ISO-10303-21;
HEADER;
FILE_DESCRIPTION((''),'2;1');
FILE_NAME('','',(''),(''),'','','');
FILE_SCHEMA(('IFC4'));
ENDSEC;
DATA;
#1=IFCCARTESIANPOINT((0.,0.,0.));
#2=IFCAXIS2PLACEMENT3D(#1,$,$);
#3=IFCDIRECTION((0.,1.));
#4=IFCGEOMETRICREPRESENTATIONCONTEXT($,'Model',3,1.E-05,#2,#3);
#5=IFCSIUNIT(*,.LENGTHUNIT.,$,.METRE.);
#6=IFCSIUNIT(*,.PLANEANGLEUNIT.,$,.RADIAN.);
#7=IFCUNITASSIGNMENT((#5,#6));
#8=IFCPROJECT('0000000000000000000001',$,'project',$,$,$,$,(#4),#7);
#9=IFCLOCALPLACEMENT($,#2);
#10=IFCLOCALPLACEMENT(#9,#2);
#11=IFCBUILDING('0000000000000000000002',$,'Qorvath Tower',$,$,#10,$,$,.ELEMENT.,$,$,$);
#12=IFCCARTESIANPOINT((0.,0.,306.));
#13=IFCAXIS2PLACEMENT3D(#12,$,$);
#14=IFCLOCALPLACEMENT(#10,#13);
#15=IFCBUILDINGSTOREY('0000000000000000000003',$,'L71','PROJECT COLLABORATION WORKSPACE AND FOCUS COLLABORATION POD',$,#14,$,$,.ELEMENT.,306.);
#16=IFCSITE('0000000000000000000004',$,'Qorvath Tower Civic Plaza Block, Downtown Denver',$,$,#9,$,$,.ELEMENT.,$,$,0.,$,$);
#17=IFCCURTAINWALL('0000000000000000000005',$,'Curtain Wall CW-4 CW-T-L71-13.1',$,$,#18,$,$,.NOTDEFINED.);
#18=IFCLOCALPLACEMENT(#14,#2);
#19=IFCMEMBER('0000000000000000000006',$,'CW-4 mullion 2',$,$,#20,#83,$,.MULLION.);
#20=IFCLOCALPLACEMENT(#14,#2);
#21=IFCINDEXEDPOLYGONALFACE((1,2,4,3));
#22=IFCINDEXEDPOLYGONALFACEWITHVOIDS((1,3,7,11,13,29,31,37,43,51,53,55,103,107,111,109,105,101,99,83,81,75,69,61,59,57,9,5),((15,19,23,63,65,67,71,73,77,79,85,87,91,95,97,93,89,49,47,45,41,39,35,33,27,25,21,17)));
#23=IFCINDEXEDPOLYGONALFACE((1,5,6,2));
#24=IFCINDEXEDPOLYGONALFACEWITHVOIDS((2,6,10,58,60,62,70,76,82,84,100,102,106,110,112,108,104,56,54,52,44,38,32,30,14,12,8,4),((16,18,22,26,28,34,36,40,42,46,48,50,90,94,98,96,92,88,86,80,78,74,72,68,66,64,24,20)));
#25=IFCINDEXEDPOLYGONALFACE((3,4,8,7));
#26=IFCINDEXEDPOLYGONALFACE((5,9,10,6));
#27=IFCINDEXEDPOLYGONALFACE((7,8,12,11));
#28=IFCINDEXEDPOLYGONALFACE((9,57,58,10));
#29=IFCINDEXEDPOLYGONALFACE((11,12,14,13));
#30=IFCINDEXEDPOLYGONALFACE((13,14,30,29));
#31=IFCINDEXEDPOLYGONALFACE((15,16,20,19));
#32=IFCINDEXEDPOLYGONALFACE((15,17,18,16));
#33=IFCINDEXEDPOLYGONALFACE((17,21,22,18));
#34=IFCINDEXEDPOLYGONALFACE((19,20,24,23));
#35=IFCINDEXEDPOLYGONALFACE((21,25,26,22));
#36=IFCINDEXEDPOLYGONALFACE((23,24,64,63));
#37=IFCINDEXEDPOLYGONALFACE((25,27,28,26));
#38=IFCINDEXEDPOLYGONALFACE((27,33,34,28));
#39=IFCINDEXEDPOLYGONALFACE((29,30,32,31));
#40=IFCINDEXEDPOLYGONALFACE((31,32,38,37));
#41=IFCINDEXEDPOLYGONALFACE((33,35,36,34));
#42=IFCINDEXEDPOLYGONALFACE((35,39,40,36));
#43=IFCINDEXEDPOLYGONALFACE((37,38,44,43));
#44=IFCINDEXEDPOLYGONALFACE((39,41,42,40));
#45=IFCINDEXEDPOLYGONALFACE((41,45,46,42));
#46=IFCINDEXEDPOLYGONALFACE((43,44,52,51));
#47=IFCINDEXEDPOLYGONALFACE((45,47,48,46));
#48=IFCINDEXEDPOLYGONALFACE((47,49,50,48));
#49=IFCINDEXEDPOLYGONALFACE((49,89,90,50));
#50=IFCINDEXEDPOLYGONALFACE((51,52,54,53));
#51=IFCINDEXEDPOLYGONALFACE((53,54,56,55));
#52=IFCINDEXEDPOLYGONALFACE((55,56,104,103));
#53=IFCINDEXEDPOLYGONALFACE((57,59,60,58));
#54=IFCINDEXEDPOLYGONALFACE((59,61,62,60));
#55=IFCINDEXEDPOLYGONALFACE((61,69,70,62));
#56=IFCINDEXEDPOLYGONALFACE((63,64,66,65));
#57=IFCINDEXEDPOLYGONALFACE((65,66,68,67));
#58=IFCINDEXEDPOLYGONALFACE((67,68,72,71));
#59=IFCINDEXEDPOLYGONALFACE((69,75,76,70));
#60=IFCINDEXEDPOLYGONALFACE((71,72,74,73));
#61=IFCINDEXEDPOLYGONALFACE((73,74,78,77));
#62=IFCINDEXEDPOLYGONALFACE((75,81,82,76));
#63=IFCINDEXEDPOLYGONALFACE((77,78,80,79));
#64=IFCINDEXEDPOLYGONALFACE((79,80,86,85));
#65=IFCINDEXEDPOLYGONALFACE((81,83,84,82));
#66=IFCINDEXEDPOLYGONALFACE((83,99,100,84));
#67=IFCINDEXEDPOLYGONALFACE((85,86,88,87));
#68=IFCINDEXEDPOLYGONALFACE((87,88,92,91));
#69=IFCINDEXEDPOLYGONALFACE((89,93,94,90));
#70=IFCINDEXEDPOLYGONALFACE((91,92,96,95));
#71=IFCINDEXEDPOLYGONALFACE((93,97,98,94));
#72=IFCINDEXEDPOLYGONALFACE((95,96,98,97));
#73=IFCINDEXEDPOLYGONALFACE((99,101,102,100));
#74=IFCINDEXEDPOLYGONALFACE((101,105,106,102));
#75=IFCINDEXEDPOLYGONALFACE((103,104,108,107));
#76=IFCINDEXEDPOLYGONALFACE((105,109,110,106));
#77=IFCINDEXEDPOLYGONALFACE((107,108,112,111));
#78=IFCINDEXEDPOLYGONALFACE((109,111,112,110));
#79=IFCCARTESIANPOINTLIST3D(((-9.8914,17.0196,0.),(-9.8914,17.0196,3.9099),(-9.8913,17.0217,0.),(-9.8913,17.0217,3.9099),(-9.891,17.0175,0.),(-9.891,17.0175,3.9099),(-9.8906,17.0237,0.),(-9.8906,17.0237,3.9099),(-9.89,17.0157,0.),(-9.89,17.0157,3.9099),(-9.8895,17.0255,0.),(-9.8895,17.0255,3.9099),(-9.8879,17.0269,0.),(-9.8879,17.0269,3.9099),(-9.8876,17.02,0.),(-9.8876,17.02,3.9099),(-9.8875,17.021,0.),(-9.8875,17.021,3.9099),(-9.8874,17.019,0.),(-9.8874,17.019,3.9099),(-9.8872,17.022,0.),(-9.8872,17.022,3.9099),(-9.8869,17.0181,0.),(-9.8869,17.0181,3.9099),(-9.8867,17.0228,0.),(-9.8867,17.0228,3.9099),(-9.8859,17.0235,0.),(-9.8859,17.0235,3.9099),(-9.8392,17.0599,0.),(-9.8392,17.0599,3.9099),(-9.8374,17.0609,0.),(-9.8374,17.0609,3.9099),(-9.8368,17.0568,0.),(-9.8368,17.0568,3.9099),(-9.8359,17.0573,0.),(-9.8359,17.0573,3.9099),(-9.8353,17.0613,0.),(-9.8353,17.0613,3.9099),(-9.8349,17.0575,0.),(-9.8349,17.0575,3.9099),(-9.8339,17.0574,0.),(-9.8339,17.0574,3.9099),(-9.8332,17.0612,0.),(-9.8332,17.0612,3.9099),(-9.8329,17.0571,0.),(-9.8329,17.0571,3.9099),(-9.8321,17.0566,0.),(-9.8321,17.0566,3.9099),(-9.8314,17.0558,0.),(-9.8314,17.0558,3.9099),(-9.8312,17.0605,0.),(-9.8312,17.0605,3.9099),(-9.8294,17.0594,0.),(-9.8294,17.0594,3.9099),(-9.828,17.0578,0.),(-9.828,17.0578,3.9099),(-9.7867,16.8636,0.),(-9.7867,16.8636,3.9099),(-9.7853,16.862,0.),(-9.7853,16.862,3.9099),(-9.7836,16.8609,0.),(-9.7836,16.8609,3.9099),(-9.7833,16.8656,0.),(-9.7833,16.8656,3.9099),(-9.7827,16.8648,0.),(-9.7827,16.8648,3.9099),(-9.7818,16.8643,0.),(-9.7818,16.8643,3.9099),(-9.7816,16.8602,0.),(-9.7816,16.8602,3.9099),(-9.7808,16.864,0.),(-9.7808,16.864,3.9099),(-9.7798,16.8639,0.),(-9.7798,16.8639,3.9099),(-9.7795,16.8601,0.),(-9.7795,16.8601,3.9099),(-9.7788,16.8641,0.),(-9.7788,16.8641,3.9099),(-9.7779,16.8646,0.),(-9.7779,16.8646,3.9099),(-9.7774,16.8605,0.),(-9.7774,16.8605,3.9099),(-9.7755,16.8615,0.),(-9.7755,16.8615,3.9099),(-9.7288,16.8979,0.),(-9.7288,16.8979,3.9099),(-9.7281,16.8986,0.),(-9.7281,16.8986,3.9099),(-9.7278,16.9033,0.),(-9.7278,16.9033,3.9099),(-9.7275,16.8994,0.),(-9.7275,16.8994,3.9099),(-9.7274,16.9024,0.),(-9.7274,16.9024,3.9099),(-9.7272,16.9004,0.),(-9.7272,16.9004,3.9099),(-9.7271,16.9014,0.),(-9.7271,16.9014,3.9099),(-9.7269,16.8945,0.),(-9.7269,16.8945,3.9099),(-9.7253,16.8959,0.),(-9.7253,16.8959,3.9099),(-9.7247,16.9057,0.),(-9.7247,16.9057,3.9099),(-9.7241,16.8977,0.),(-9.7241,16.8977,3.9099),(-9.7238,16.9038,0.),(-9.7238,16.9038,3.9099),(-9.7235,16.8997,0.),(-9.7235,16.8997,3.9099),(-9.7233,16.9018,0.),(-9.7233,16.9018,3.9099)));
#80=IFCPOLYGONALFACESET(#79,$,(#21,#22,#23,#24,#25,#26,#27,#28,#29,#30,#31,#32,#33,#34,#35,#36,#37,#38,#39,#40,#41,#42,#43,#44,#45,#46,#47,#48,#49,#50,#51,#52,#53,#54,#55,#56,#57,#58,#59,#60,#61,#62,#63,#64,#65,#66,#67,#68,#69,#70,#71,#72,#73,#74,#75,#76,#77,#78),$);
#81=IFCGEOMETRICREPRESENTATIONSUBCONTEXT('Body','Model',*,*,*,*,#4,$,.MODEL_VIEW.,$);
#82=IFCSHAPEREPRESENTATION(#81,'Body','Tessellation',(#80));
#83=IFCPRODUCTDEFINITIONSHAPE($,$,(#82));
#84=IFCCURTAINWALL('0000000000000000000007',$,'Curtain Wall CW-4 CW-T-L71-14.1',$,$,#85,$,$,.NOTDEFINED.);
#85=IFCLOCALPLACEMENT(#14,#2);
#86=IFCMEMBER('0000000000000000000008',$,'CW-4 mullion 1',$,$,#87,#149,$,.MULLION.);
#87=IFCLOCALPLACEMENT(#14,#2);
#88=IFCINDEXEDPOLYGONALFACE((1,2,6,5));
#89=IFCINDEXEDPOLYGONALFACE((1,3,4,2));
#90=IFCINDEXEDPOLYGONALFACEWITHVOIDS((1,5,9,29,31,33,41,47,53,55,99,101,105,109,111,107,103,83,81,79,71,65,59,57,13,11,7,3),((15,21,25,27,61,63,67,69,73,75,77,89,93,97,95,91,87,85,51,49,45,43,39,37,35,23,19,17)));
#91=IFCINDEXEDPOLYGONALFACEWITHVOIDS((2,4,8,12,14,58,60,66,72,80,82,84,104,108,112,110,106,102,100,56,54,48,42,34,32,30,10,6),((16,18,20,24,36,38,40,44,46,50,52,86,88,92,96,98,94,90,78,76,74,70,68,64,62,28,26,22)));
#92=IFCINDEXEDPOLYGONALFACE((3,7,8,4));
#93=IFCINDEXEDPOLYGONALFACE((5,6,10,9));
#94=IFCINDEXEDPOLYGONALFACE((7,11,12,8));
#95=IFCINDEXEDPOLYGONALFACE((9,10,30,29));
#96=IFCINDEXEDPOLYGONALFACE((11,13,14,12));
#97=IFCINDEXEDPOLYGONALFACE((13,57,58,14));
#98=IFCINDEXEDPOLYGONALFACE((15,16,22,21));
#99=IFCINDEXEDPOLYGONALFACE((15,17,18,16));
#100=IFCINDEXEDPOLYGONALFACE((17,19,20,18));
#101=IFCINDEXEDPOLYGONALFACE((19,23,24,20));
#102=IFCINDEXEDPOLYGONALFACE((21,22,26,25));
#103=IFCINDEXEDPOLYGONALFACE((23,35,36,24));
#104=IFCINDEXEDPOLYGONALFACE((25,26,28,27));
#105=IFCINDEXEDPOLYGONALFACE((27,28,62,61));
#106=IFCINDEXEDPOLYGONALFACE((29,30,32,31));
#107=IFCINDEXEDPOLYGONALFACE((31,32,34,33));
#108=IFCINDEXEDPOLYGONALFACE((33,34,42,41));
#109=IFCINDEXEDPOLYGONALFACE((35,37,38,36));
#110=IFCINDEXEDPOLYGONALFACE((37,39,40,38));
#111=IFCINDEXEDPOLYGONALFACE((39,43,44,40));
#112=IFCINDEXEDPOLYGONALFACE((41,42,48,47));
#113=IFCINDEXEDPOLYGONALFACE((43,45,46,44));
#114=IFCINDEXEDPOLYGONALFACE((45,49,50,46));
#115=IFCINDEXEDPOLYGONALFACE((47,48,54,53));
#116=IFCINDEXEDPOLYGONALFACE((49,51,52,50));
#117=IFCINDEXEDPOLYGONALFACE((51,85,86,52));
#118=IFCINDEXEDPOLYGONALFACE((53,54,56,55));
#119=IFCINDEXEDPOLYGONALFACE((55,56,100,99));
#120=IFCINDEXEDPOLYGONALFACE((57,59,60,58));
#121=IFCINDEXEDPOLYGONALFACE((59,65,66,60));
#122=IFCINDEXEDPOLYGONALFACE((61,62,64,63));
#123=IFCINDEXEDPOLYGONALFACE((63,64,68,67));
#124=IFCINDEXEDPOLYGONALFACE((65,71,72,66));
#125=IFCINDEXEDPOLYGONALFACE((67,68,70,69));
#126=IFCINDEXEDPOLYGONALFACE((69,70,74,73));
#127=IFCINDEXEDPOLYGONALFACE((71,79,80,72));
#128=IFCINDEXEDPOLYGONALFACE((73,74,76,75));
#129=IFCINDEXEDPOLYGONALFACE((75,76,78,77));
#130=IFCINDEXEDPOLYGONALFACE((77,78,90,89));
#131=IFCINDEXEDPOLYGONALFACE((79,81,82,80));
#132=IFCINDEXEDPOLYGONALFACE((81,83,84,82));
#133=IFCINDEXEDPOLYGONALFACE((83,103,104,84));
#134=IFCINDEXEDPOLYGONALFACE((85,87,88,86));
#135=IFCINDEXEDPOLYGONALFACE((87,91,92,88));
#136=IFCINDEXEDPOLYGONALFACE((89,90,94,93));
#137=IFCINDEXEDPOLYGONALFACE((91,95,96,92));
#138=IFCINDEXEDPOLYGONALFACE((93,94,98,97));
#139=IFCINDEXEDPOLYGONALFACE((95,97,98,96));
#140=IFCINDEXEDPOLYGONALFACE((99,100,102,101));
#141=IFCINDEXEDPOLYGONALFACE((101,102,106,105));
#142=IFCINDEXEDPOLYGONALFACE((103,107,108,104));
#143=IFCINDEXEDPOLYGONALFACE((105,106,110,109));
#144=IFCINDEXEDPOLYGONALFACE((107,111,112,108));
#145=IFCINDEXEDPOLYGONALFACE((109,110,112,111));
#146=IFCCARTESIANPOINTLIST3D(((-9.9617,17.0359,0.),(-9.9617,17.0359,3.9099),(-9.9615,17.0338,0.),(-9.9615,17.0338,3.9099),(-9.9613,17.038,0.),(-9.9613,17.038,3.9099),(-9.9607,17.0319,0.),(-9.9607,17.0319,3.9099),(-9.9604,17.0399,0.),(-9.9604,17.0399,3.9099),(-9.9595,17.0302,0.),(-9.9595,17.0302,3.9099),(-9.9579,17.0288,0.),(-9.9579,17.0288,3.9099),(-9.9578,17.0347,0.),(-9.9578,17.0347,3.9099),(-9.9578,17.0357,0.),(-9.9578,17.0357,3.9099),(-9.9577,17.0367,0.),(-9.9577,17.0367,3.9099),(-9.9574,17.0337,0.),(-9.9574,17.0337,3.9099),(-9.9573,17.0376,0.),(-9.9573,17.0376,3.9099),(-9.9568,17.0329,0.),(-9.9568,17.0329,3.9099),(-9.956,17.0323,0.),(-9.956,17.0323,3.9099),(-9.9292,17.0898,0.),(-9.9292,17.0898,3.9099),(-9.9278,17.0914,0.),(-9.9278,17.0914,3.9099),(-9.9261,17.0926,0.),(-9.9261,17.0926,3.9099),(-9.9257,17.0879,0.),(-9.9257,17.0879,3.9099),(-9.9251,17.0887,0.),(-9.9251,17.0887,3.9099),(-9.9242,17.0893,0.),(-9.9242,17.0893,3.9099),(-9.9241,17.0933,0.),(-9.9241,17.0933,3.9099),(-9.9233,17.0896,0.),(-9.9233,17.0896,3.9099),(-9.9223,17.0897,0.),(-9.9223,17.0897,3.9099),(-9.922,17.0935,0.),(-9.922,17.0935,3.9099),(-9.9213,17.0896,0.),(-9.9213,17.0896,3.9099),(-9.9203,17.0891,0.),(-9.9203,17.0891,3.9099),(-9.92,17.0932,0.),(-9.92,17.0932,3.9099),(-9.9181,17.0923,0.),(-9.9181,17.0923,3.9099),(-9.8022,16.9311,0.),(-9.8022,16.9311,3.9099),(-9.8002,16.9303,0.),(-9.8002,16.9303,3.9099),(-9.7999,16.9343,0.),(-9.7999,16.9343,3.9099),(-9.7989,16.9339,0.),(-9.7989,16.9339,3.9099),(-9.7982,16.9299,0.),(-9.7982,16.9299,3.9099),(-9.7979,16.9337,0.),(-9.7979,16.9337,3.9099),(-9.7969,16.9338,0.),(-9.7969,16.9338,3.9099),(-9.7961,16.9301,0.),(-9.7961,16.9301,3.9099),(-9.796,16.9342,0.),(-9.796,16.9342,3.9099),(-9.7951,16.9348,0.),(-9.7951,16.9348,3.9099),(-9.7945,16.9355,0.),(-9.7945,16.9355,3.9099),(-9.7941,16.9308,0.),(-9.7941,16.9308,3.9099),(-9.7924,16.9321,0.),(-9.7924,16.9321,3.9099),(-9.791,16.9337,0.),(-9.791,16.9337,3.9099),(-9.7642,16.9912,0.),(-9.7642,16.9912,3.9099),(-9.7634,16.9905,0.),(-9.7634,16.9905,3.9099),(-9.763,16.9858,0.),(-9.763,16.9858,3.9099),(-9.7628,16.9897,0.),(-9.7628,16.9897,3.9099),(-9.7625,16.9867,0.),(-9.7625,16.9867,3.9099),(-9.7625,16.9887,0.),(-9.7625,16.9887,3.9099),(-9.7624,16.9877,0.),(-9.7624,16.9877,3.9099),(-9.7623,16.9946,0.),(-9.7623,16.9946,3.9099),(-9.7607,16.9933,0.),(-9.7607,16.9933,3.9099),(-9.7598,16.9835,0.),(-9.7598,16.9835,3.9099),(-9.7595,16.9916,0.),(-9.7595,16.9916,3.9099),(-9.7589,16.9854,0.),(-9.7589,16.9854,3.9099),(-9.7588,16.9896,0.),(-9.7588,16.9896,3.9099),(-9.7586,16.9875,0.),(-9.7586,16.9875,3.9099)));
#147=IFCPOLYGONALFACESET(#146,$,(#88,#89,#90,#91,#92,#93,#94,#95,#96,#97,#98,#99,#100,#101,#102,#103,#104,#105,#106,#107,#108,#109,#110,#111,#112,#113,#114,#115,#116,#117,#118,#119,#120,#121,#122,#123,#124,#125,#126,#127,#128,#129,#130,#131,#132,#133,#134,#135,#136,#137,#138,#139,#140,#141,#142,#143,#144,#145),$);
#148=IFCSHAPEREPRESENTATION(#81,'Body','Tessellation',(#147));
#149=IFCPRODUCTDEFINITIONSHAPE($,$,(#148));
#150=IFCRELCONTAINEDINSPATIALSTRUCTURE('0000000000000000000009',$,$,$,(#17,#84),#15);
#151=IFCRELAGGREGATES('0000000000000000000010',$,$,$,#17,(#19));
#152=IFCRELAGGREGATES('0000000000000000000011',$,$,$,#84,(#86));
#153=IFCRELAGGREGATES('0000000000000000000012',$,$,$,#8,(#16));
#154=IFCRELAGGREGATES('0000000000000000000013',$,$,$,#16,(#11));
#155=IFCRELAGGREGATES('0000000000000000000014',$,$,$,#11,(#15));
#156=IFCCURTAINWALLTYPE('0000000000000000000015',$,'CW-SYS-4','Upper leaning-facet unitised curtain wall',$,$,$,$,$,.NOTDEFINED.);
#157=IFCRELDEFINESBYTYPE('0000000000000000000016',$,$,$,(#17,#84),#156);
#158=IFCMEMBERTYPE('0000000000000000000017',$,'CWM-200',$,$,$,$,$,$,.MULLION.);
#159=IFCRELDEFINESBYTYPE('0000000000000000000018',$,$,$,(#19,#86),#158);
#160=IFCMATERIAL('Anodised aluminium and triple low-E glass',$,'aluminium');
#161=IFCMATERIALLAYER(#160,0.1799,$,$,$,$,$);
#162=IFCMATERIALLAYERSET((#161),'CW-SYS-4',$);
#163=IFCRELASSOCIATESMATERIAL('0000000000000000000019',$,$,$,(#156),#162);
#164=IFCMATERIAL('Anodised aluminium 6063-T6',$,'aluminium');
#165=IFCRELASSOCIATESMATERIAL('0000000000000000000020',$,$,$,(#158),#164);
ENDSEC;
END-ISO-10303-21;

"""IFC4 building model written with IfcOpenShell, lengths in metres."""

from ifc_helpers import new_model, si_unit, direction, frame, origin, origin_2d, place, context, subcontext, project, spatial, hollow_rectangle, extrude, material, layer, layer_set, material_profile, profile_set, type_object, element, aggregate, save


model = new_model("IFC4")

# Units and contexts
model_context = context("Model", 3, precision=1e-05, world=origin(), true_north=direction((0.0, 1.0)))
body_context = subcontext(model_context, "Body", "Model", "MODEL_VIEW")
ifc_project = project(units=[si_unit("LENGTHUNIT", "METRE"), si_unit("PLANEANGLEUNIT", "RADIAN")], contexts=[model_context])

# Site, building, storey
site_placement = place(None, origin())
site = spatial("IfcSite", under=ifc_project, at=site_placement, Name="Qorvath Tower Civic Plaza Block, Downtown Denver", CompositionType="ELEMENT", RefElevation=0.0)
building_placement = place(site_placement, origin())
building = spatial("IfcBuilding", under=site, at=building_placement, Name="Qorvath Tower", CompositionType="ELEMENT")
storey_placement = place(building_placement, frame((0.0, 0.0, 306.0)))
storey = spatial("IfcBuildingStorey", under=building, at=storey_placement, Name="L71", Description="PROJECT COLLABORATION WORKSPACE AND FOCUS COLLABORATION POD", CompositionType="ELEMENT", Elevation=306.0)

# Shared definitions
ifc_material_1 = material(Name="Anodised aluminium and triple low-E glass", Category="aluminium")
ifc_layer_1 = layer(ifc_material_1, 0.1799)
ifc_layer_set_1 = layer_set([ifc_layer_1], Name="CW-SYS-4")
curtain_wall_type = type_object("IfcCurtainWallType", Name="CW-SYS-4", Description="Upper leaning-facet unitised curtain wall", PredefinedType="NOTDEFINED", material=ifc_layer_set_1)
ifc_material_2 = material(Name="Anodised aluminium 6063-T6", Category="aluminium")
ifc_material_profile_1 = material_profile(ifc_material_2, hollow_rectangle(XDim=0.075, YDim=0.2, WallThickness=0.0039, InnerFilletRadius=0.0039, OuterFilletRadius=0.0081, at=origin_2d()), Name="CWM 200x75")
ifc_profile_set_1 = profile_set([ifc_material_profile_1], Name="Anodised aluminium 6063-T6")
member_type_1 = type_object("IfcMemberType", Name="CWM-200", PredefinedType="MULLION", material=ifc_profile_set_1)

# Curtain walls, members
curtain_wall_1_placement = place(storey_placement, origin())
curtain_wall_1 = element("IfcCurtainWall", 1, at=curtain_wall_1_placement, inside=storey, type_object=curtain_wall_type, Name="Curtain Wall CW-4 CW-T-L71-13.1", PredefinedType="NOTDEFINED")
member_1_placement = place(storey_placement, frame((-9.8074, 16.9607, 0.0), z_axis=(0.0, 0.0, 1.0), x_axis=(-0.827118, -0.562028, 0.0)))
member_1 = element("IfcMember", 2, at=member_1_placement, type_object=member_type_1, Name="CW-4 mullion 2", PredefinedType="MULLION", context=body_context, shape_type="SweptSolid", body=[
    extrude(hollow_rectangle(XDim=0.075, YDim=0.2, WallThickness=0.0039, InnerFilletRadius=0.0039, OuterFilletRadius=0.0081, at=origin_2d()), origin(), (0.0, 0.0, 1.0), 3.9099),
])
curtain_wall_2_placement = place(storey_placement, origin())
curtain_wall_2 = element("IfcCurtainWall", 3, at=curtain_wall_2_placement, inside=storey, type_object=curtain_wall_type, Name="Curtain Wall CW-4 CW-T-L71-14.1", PredefinedType="NOTDEFINED")
member_2_placement = place(storey_placement, frame((-9.8601, 17.0117, 0.0), z_axis=(0.0, 0.0, 1.0), x_axis=(-0.531359, -0.847147, 0.0)))
member_2 = element("IfcMember", 4, at=member_2_placement, type_object=member_type_1, Name="CW-4 mullion 1", PredefinedType="MULLION", context=body_context, shape_type="SweptSolid", body=[
    extrude(hollow_rectangle(XDim=0.075, YDim=0.2, WallThickness=0.0039, InnerFilletRadius=0.0039, OuterFilletRadius=0.0081, at=origin_2d()), origin(), (0.0, 0.0, 1.0), 3.9099),
])

aggregate(curtain_wall_1, [member_1])
aggregate(curtain_wall_2, [member_2])

save(model, "model.ifc")
